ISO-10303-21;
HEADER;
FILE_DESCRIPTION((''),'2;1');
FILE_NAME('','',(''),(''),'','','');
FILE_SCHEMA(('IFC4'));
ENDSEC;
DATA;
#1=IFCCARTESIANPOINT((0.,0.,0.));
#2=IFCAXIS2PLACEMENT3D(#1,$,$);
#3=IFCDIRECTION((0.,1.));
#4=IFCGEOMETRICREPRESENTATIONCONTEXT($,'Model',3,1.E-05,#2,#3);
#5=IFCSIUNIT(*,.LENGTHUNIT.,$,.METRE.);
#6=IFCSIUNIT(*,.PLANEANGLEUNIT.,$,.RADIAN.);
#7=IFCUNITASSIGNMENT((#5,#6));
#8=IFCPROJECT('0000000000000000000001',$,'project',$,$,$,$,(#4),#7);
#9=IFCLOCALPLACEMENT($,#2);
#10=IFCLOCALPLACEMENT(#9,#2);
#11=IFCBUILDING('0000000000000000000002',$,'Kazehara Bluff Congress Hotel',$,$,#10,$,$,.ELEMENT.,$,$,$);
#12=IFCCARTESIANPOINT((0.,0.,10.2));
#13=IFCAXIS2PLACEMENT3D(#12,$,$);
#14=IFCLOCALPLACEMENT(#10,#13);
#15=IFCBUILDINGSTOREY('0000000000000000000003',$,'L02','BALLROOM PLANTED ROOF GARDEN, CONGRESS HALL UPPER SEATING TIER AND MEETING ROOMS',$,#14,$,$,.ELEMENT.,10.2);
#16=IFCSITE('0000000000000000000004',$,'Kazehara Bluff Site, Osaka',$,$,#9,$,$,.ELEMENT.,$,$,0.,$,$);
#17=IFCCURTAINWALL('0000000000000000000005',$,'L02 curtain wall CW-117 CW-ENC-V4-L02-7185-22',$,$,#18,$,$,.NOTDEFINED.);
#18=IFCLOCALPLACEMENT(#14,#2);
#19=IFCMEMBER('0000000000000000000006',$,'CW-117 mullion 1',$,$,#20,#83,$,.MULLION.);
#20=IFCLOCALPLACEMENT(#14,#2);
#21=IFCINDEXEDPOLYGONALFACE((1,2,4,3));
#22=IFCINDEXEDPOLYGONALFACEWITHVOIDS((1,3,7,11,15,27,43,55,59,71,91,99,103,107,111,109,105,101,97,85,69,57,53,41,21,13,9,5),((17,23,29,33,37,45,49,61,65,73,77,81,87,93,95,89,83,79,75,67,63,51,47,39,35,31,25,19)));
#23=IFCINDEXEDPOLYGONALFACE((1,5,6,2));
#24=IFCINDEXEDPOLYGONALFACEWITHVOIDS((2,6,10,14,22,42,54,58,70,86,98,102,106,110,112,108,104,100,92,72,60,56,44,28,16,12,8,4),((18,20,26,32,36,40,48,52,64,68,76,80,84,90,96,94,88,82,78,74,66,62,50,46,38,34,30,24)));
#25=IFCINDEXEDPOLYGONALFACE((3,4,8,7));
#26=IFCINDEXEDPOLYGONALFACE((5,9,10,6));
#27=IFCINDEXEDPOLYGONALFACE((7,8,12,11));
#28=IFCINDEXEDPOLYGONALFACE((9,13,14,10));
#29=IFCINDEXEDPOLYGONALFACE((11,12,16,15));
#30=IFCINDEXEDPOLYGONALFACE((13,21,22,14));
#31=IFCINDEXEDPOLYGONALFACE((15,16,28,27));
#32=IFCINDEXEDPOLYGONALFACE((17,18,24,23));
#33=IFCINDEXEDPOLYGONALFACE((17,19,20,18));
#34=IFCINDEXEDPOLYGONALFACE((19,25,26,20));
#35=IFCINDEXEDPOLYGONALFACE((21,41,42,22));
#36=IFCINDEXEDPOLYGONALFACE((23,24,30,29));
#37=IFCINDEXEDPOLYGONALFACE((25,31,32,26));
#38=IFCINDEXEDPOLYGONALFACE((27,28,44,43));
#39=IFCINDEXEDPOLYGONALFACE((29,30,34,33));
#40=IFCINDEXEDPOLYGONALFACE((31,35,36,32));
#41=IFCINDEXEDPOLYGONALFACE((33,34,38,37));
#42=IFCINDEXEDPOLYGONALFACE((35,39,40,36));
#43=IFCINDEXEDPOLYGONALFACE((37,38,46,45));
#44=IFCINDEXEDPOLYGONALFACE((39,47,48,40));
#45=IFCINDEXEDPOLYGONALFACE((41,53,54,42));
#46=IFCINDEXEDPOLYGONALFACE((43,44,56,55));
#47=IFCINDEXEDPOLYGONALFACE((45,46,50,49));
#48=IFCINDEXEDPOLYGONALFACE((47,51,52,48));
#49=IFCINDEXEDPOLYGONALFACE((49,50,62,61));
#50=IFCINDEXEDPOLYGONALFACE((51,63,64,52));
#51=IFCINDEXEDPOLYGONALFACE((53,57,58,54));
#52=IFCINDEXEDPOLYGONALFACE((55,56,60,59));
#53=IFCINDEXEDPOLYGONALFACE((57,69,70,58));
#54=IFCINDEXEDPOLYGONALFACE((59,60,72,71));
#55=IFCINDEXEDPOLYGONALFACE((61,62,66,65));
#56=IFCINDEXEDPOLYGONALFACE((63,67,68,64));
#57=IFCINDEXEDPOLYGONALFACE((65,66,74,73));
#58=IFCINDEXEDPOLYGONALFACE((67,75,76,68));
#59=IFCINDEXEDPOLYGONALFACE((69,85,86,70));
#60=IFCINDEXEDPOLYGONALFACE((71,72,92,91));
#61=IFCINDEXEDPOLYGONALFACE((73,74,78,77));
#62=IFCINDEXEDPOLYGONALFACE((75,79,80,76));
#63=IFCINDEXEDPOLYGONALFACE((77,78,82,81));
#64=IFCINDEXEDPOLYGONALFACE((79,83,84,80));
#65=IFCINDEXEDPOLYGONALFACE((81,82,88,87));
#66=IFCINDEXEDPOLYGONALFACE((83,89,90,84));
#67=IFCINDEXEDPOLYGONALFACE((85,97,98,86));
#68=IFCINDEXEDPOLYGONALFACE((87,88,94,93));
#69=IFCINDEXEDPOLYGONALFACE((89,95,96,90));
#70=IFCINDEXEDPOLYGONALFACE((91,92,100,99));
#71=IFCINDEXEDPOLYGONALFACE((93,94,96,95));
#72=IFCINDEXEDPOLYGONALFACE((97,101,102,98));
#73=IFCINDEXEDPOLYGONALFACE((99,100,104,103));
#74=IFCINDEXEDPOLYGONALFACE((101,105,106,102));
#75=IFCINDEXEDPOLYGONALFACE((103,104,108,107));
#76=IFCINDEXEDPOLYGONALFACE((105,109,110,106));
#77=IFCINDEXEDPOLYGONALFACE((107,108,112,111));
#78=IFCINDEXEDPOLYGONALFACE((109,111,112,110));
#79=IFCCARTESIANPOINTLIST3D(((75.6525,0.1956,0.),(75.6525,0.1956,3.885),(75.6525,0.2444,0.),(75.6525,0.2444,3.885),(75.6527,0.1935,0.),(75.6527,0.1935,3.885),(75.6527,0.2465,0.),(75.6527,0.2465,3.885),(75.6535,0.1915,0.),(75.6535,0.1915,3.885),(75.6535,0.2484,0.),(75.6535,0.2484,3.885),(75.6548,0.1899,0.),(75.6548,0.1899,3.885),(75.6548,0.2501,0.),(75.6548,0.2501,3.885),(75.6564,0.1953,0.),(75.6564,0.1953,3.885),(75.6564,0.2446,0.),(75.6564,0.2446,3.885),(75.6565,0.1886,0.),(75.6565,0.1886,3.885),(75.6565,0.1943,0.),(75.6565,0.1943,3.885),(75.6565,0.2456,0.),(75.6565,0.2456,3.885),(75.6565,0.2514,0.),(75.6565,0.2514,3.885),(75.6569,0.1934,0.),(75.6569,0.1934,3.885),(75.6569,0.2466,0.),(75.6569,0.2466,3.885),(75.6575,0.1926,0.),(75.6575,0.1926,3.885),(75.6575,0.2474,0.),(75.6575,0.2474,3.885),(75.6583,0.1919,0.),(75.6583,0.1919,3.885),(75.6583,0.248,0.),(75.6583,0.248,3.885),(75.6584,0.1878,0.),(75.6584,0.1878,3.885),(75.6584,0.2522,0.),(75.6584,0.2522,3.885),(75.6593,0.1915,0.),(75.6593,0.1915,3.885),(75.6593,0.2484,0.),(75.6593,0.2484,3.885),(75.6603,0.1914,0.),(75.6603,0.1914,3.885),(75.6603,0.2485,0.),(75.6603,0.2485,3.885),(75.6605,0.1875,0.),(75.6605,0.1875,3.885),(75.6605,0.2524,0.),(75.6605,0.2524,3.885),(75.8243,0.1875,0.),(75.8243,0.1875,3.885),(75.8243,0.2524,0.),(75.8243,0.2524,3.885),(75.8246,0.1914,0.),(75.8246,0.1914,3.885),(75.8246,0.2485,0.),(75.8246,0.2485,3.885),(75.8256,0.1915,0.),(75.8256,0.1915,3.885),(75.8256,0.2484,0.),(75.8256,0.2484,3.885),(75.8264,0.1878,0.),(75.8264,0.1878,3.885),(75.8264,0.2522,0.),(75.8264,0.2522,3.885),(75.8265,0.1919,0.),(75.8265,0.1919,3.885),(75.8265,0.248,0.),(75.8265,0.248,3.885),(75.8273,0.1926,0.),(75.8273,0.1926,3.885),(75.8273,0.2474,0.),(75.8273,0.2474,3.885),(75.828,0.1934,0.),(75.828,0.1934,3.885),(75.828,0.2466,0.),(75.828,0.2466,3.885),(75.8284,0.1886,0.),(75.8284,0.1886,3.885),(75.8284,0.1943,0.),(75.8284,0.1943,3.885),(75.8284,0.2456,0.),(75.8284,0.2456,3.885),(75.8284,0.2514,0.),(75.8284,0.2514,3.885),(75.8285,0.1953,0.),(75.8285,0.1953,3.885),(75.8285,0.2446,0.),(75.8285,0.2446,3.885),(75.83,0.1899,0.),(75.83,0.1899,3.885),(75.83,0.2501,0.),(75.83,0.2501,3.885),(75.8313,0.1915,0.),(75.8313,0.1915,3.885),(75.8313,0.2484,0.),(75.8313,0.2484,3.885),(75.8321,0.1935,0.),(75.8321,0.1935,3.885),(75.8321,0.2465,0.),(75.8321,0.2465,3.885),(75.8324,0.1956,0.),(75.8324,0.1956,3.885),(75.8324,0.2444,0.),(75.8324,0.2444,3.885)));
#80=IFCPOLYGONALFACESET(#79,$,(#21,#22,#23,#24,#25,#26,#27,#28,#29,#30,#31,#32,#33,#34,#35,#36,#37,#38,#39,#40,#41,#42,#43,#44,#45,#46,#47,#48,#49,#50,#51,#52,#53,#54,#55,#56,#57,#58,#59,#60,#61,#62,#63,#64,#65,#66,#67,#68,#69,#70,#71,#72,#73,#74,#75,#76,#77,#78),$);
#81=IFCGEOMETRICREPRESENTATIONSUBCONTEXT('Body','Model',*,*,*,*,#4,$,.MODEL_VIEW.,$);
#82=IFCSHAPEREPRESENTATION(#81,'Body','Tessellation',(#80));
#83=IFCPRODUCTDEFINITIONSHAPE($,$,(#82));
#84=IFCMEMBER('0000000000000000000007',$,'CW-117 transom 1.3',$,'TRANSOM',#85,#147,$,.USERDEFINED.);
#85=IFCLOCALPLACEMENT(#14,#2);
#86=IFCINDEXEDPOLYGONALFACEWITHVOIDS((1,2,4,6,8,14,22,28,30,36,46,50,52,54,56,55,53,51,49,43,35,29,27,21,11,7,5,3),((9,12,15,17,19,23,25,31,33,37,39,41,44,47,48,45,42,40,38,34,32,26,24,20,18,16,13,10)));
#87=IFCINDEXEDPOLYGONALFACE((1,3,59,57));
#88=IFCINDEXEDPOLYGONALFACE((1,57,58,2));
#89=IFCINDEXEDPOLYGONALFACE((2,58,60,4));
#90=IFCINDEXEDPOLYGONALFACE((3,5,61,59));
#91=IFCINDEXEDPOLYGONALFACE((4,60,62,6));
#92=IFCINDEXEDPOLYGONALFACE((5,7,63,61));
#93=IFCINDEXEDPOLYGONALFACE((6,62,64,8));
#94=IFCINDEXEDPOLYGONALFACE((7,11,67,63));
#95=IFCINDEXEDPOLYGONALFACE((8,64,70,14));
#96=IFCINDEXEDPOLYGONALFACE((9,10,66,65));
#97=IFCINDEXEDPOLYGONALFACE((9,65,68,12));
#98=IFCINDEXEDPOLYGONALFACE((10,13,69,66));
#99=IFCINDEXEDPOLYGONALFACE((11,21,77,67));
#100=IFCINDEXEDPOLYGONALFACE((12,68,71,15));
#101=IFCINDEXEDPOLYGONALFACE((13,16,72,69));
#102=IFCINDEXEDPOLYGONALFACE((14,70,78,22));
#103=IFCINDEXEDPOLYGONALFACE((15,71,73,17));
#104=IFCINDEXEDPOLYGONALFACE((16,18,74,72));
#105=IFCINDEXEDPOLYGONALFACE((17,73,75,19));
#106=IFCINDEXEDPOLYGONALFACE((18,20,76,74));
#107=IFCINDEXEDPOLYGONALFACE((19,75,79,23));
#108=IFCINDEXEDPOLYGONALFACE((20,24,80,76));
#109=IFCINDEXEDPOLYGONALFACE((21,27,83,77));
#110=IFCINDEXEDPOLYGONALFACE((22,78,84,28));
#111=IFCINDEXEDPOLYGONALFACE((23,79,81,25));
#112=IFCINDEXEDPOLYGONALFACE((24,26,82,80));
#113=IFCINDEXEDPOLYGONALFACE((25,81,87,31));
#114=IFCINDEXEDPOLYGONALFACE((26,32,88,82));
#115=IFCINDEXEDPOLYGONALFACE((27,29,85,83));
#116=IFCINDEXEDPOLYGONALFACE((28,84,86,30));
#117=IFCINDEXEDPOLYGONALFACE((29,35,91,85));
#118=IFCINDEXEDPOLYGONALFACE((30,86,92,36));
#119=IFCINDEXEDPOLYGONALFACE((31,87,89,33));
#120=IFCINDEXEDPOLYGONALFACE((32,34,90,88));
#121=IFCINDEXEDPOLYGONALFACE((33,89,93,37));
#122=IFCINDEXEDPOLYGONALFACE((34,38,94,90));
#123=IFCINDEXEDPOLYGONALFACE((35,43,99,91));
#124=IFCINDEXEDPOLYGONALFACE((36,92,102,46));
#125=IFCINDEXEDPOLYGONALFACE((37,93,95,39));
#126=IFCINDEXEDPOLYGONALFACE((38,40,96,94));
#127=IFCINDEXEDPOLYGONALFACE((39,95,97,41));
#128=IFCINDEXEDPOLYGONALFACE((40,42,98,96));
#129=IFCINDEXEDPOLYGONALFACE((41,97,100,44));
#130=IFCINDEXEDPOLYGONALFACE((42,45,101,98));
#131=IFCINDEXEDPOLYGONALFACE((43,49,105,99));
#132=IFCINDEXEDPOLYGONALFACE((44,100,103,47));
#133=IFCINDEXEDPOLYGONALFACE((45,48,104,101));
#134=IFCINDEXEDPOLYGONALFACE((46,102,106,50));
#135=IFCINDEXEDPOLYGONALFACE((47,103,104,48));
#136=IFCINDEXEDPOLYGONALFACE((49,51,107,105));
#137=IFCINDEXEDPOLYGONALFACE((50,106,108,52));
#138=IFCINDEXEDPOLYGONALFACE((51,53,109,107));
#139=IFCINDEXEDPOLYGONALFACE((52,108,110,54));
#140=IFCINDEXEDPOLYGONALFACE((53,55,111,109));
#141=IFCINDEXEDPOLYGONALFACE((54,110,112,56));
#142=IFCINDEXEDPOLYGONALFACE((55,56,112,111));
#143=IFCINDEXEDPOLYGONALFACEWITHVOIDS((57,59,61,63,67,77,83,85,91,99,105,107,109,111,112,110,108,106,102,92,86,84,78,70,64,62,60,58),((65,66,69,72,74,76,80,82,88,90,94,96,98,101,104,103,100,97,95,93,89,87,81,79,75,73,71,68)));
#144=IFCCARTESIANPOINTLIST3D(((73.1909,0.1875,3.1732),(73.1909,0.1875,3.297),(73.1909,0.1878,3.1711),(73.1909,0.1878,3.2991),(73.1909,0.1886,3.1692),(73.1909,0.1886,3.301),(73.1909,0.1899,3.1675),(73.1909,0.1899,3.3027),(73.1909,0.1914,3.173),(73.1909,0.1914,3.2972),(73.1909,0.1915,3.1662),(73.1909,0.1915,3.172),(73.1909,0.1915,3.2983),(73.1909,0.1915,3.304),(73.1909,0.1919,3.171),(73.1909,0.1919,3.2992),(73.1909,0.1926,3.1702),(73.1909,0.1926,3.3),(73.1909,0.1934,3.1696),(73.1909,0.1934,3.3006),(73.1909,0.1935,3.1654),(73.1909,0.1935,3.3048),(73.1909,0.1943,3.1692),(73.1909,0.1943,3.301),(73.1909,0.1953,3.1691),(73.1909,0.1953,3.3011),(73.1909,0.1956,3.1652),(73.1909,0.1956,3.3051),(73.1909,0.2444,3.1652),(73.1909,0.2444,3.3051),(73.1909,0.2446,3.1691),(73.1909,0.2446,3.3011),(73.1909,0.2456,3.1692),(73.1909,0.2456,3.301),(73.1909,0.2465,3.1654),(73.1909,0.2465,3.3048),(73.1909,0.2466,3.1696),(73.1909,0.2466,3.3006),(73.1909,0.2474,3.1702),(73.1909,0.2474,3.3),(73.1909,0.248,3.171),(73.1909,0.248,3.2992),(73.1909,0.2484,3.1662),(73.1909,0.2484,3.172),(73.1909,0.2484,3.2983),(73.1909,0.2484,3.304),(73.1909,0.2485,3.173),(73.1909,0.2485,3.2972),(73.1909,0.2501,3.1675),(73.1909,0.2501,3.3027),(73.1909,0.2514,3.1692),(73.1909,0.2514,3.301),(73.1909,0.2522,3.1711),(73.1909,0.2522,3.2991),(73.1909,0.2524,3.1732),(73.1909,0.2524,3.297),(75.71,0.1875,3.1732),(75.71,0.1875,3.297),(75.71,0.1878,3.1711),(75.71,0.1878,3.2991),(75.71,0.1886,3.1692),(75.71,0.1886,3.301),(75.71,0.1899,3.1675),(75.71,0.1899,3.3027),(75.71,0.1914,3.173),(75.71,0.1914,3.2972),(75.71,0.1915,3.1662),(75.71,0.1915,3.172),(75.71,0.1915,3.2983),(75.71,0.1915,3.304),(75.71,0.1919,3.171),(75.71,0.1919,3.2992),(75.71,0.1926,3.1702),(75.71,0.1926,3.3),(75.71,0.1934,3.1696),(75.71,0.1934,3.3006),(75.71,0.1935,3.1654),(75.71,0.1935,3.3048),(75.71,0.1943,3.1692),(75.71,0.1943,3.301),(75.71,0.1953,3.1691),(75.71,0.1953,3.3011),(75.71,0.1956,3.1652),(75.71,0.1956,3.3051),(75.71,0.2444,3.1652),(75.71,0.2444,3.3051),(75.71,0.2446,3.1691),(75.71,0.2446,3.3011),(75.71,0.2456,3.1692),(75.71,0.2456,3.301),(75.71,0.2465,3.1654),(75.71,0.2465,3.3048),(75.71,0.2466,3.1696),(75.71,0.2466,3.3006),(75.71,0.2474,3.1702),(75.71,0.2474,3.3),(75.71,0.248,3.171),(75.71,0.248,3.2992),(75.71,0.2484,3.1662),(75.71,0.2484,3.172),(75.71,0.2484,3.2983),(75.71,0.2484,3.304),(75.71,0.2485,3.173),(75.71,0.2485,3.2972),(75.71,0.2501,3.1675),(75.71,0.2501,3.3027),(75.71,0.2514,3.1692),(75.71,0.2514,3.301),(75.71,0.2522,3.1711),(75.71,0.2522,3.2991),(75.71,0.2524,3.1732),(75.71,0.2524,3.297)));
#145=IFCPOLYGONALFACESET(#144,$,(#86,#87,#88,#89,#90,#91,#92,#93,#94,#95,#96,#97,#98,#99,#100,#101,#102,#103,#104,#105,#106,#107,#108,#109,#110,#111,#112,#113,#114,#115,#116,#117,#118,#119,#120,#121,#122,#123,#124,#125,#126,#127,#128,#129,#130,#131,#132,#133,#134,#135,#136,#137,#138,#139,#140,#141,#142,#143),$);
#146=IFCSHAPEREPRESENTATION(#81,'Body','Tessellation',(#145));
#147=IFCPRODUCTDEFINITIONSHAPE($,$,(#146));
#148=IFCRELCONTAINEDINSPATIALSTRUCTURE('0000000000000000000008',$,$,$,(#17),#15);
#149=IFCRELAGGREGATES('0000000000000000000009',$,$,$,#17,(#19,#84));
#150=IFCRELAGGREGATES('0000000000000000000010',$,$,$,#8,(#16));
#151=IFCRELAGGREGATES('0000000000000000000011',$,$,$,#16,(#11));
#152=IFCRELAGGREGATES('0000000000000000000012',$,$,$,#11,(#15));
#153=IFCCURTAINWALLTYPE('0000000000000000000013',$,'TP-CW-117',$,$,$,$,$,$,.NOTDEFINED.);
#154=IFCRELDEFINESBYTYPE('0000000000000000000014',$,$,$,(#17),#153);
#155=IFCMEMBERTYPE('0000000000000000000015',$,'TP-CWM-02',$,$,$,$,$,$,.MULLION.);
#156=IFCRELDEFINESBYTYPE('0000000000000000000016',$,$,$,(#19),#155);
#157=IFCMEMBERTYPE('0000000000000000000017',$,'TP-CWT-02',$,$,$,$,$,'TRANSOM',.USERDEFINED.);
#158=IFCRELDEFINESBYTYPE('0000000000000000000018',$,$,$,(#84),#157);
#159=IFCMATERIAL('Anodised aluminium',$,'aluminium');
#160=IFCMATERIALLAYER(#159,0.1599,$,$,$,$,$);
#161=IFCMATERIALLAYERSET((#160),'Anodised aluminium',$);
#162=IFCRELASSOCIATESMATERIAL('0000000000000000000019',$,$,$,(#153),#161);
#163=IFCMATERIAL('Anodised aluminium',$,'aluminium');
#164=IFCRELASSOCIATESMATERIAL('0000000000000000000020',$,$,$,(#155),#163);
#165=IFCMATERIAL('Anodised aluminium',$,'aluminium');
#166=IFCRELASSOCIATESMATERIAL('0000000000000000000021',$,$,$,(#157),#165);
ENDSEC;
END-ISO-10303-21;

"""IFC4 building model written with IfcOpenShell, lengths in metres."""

from ifc_helpers import new_model, si_unit, direction, frame, origin, origin_2d, place, context, subcontext, project, spatial, hollow_rectangle, extrude, material, layer, layer_set, material_profile, profile_set, type_object, element, aggregate, save


model = new_model("IFC4")

# Units and contexts
model_context = context("Model", 3, precision=1e-05, world=origin(), true_north=direction((0.0, 1.0)))
body_context = subcontext(model_context, "Body", "Model", "MODEL_VIEW")
ifc_project = project(units=[si_unit("LENGTHUNIT", "METRE"), si_unit("PLANEANGLEUNIT", "RADIAN")], contexts=[model_context])

# Site, building, storey
site_placement = place(None, origin())
site = spatial("IfcSite", under=ifc_project, at=site_placement, Name="Kazehara Bluff Site, Osaka", CompositionType="ELEMENT", RefElevation=0.0)
building_placement = place(site_placement, origin())
building = spatial("IfcBuilding", under=site, at=building_placement, Name="Kazehara Bluff Congress Hotel", CompositionType="ELEMENT")
storey_placement = place(building_placement, frame((0.0, 0.0, 10.2)))
storey = spatial("IfcBuildingStorey", under=building, at=storey_placement, Name="L02", Description="BALLROOM PLANTED ROOF GARDEN, CONGRESS HALL UPPER SEATING TIER AND MEETING ROOMS", CompositionType="ELEMENT", Elevation=10.2)

# Curtain wall, members
ifc_material_1 = material(Name="Anodised aluminium", Category="aluminium")
ifc_layer_1 = layer(ifc_material_1, 0.1599)
ifc_layer_set_1 = layer_set([ifc_layer_1], Name="Anodised aluminium")
curtain_wall_type = type_object("IfcCurtainWallType", Name="TP-CW-117", PredefinedType="NOTDEFINED", material=ifc_layer_set_1)
curtain_wall_placement = place(storey_placement, origin())
curtain_wall = element("IfcCurtainWall", 1, at=curtain_wall_placement, inside=storey, type_object=curtain_wall_type, Name="L02 curtain wall CW-117 CW-ENC-V4-L02-7185-22", PredefinedType="NOTDEFINED")
ifc_material_2 = material(Name="Anodised aluminium", Category="aluminium")
ifc_material_profile_1 = material_profile(ifc_material_2, hollow_rectangle(XDim=0.0649, YDim=0.1799, WallThickness=0.0039, InnerFilletRadius=0.0039, OuterFilletRadius=0.0081, at=origin_2d()))
ifc_profile_set_1 = profile_set([ifc_material_profile_1], Name="Anodised aluminium")
member_type_1 = type_object("IfcMemberType", Name="TP-CWM-02", PredefinedType="MULLION", material=ifc_profile_set_1)
member_1_placement = place(storey_placement, frame((75.7424, 0.22, 0.0), z_axis=(0.0, 0.0, 1.0), x_axis=(0.0, -1.0, 0.0)))
member_1 = element("IfcMember", 2, at=member_1_placement, type_object=member_type_1, Name="CW-117 mullion 1", PredefinedType="MULLION", context=body_context, shape_type="SweptSolid", body=[
    extrude(hollow_rectangle(XDim=0.0649, YDim=0.1799, WallThickness=0.0039, InnerFilletRadius=0.0039, OuterFilletRadius=0.0081, at=origin_2d()), origin(), (0.0, 0.0, 1.0), 3.885),
])
ifc_material_3 = material(Name="Anodised aluminium", Category="aluminium")
ifc_material_profile_2 = material_profile(ifc_material_3, hollow_rectangle(XDim=0.0649, YDim=0.1399, WallThickness=0.0039, InnerFilletRadius=0.0039, OuterFilletRadius=0.0081, at=origin_2d()))
ifc_profile_set_2 = profile_set([ifc_material_profile_2], Name="Anodised aluminium")
member_type_2 = type_object("IfcMemberType", Name="TP-CWT-02", ElementType="TRANSOM", PredefinedType="USERDEFINED", material=ifc_profile_set_2)
member_2_placement = place(storey_placement, frame((75.71, 0.22, 3.2351), z_axis=(-1.0, 0.0, 0.0), x_axis=(0.0, -1.0, 0.0)))
member_2 = element("IfcMember", 3, at=member_2_placement, type_object=member_type_2, Name="CW-117 transom 1.3", ObjectType="TRANSOM", PredefinedType="USERDEFINED", context=body_context, shape_type="SweptSolid", body=[
    extrude(hollow_rectangle(XDim=0.0649, YDim=0.1399, WallThickness=0.0039, InnerFilletRadius=0.0039, OuterFilletRadius=0.0081, at=origin_2d()), origin(), (0.0, 0.0, 1.0), 2.519),
])
aggregate(curtain_wall, [member_1, member_2])

save(model, "model.ifc")
